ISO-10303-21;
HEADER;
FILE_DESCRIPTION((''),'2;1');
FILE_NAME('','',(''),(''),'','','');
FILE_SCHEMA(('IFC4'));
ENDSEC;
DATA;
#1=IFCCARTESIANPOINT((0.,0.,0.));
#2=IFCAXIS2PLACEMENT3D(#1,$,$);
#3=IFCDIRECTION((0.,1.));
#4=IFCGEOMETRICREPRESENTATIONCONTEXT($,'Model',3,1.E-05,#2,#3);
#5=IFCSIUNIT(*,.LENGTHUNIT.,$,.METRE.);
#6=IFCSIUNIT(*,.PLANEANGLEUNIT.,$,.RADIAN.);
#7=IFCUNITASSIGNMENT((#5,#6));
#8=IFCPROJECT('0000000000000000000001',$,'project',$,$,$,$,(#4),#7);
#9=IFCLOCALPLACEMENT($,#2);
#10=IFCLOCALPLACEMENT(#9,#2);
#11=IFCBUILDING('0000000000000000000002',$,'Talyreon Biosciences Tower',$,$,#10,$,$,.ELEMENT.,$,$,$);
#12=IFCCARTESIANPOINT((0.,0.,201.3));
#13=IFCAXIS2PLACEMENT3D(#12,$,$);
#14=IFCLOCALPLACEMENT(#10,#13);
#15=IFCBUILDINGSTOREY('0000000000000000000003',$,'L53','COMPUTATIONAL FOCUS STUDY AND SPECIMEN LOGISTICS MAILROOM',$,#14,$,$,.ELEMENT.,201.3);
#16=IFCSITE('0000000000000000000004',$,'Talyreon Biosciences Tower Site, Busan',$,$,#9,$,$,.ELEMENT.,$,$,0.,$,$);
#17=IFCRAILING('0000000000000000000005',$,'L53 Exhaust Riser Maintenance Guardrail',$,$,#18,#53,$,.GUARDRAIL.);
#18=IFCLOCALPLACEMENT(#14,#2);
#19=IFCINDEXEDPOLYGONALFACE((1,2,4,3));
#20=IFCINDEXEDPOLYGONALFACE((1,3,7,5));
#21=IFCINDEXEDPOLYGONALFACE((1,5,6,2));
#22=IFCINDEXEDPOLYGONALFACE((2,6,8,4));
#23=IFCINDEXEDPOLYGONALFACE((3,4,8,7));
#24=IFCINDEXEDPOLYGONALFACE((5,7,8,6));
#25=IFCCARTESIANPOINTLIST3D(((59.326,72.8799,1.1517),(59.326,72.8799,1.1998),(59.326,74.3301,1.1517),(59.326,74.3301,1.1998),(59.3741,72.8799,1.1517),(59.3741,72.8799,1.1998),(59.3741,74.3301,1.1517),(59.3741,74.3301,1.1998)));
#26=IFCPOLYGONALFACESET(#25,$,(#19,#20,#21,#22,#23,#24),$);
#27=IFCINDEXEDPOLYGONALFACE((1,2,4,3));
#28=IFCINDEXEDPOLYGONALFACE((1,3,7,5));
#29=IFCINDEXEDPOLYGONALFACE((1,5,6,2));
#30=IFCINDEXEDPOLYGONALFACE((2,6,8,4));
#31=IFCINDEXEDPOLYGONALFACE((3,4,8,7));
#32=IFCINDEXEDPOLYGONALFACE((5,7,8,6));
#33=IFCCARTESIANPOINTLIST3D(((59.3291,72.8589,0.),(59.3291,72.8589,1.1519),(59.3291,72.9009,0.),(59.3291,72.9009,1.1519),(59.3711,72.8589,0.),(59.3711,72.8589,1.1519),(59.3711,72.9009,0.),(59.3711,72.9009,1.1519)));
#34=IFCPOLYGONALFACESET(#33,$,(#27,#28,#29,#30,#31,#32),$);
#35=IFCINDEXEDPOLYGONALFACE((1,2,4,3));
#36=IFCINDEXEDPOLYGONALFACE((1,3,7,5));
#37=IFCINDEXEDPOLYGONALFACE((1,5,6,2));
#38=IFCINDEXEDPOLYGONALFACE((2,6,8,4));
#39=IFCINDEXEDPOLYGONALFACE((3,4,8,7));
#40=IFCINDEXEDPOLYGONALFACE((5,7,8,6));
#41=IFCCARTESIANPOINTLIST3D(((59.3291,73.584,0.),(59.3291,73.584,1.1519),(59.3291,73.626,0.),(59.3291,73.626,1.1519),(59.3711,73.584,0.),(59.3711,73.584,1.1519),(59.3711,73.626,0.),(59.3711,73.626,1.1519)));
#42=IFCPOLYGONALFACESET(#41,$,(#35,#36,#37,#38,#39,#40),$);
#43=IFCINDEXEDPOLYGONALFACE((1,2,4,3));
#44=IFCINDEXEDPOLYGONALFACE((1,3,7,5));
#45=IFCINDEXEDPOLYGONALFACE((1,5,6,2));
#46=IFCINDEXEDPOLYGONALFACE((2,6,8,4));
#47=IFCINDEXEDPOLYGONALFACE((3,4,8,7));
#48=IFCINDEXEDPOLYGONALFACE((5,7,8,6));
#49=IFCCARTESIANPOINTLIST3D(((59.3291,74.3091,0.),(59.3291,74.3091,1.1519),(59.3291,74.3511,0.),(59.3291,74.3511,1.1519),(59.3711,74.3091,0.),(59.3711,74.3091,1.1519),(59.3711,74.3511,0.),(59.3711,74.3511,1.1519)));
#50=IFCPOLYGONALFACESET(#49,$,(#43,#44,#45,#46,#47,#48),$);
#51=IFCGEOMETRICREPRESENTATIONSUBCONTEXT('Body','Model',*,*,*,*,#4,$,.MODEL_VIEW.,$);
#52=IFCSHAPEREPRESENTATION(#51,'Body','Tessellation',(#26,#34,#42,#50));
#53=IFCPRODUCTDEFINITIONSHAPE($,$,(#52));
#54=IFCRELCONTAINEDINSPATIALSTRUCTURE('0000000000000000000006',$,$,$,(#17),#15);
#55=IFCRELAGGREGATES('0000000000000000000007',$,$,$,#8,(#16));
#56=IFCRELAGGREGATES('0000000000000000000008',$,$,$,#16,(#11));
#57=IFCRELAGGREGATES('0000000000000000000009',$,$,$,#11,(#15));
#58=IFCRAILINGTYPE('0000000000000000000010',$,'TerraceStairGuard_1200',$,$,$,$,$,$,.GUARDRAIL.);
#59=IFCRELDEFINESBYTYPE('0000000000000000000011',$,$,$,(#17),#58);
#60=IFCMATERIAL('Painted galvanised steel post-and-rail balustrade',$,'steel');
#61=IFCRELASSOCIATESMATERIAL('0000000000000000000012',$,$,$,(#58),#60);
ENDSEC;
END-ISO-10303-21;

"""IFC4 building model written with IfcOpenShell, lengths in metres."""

from ifc_helpers import new_model, si_unit, direction, frame, origin, origin_2d, place, context, subcontext, project, spatial, rectangle, extrude, material, type_object, element, save


model = new_model("IFC4")

# Units and contexts
model_context = context("Model", 3, precision=1e-05, world=origin(), true_north=direction((0.0, 1.0)))
body_context = subcontext(model_context, "Body", "Model", "MODEL_VIEW")
ifc_project = project(units=[si_unit("LENGTHUNIT", "METRE"), si_unit("PLANEANGLEUNIT", "RADIAN")], contexts=[model_context])

# Site, building, storey
site_placement = place(None, origin())
site = spatial("IfcSite", under=ifc_project, at=site_placement, Name="Talyreon Biosciences Tower Site, Busan", CompositionType="ELEMENT", RefElevation=0.0)
building_placement = place(site_placement, origin())
building = spatial("IfcBuilding", under=site, at=building_placement, Name="Talyreon Biosciences Tower", CompositionType="ELEMENT")
storey_placement = place(building_placement, frame((0.0, 0.0, 201.3)))
storey = spatial("IfcBuildingStorey", under=building, at=storey_placement, Name="L53", Description="COMPUTATIONAL FOCUS STUDY AND SPECIMEN LOGISTICS MAILROOM", CompositionType="ELEMENT", Elevation=201.3)

# Railing
ifc_material_1 = material(Name="Painted galvanised steel post-and-rail balustrade", Category="steel")
railing_type_1 = type_object("IfcRailingType", Name="TerraceStairGuard_1200", PredefinedType="GUARDRAIL", material=ifc_material_1)
railing_1_placement = place(storey_placement, frame((59.3501, 72.8799, 0.0)))
element("IfcRailing", 1, at=railing_1_placement, inside=storey, type_object=railing_type_1, Name="L53 Exhaust Riser Maintenance Guardrail", PredefinedType="GUARDRAIL", context=body_context, shape_type="SweptSolid", body=[
    extrude(rectangle(XDim=0.0481, YDim=0.0481, at=origin_2d()), frame((0.0, 0.0, 1.1758), z_axis=(0.0, 1.0, 0.0), x_axis=(-1.0, 0.0, 0.0)), (0.0, 0.0, 1.0), 1.4502),
    extrude(rectangle(XDim=0.042, YDim=0.042, at=origin_2d()), origin(), (0.0, 0.0, 1.0), 1.1519),
    extrude(rectangle(XDim=0.042, YDim=0.042, at=origin_2d()), frame((0.0, 0.7251, 0.0)), (0.0, 0.0, 1.0), 1.1519),
    extrude(rectangle(XDim=0.042, YDim=0.042, at=origin_2d()), frame((0.0, 1.4502, 0.0)), (0.0, 0.0, 1.0), 1.1519),
])

save(model, "model.ifc")
